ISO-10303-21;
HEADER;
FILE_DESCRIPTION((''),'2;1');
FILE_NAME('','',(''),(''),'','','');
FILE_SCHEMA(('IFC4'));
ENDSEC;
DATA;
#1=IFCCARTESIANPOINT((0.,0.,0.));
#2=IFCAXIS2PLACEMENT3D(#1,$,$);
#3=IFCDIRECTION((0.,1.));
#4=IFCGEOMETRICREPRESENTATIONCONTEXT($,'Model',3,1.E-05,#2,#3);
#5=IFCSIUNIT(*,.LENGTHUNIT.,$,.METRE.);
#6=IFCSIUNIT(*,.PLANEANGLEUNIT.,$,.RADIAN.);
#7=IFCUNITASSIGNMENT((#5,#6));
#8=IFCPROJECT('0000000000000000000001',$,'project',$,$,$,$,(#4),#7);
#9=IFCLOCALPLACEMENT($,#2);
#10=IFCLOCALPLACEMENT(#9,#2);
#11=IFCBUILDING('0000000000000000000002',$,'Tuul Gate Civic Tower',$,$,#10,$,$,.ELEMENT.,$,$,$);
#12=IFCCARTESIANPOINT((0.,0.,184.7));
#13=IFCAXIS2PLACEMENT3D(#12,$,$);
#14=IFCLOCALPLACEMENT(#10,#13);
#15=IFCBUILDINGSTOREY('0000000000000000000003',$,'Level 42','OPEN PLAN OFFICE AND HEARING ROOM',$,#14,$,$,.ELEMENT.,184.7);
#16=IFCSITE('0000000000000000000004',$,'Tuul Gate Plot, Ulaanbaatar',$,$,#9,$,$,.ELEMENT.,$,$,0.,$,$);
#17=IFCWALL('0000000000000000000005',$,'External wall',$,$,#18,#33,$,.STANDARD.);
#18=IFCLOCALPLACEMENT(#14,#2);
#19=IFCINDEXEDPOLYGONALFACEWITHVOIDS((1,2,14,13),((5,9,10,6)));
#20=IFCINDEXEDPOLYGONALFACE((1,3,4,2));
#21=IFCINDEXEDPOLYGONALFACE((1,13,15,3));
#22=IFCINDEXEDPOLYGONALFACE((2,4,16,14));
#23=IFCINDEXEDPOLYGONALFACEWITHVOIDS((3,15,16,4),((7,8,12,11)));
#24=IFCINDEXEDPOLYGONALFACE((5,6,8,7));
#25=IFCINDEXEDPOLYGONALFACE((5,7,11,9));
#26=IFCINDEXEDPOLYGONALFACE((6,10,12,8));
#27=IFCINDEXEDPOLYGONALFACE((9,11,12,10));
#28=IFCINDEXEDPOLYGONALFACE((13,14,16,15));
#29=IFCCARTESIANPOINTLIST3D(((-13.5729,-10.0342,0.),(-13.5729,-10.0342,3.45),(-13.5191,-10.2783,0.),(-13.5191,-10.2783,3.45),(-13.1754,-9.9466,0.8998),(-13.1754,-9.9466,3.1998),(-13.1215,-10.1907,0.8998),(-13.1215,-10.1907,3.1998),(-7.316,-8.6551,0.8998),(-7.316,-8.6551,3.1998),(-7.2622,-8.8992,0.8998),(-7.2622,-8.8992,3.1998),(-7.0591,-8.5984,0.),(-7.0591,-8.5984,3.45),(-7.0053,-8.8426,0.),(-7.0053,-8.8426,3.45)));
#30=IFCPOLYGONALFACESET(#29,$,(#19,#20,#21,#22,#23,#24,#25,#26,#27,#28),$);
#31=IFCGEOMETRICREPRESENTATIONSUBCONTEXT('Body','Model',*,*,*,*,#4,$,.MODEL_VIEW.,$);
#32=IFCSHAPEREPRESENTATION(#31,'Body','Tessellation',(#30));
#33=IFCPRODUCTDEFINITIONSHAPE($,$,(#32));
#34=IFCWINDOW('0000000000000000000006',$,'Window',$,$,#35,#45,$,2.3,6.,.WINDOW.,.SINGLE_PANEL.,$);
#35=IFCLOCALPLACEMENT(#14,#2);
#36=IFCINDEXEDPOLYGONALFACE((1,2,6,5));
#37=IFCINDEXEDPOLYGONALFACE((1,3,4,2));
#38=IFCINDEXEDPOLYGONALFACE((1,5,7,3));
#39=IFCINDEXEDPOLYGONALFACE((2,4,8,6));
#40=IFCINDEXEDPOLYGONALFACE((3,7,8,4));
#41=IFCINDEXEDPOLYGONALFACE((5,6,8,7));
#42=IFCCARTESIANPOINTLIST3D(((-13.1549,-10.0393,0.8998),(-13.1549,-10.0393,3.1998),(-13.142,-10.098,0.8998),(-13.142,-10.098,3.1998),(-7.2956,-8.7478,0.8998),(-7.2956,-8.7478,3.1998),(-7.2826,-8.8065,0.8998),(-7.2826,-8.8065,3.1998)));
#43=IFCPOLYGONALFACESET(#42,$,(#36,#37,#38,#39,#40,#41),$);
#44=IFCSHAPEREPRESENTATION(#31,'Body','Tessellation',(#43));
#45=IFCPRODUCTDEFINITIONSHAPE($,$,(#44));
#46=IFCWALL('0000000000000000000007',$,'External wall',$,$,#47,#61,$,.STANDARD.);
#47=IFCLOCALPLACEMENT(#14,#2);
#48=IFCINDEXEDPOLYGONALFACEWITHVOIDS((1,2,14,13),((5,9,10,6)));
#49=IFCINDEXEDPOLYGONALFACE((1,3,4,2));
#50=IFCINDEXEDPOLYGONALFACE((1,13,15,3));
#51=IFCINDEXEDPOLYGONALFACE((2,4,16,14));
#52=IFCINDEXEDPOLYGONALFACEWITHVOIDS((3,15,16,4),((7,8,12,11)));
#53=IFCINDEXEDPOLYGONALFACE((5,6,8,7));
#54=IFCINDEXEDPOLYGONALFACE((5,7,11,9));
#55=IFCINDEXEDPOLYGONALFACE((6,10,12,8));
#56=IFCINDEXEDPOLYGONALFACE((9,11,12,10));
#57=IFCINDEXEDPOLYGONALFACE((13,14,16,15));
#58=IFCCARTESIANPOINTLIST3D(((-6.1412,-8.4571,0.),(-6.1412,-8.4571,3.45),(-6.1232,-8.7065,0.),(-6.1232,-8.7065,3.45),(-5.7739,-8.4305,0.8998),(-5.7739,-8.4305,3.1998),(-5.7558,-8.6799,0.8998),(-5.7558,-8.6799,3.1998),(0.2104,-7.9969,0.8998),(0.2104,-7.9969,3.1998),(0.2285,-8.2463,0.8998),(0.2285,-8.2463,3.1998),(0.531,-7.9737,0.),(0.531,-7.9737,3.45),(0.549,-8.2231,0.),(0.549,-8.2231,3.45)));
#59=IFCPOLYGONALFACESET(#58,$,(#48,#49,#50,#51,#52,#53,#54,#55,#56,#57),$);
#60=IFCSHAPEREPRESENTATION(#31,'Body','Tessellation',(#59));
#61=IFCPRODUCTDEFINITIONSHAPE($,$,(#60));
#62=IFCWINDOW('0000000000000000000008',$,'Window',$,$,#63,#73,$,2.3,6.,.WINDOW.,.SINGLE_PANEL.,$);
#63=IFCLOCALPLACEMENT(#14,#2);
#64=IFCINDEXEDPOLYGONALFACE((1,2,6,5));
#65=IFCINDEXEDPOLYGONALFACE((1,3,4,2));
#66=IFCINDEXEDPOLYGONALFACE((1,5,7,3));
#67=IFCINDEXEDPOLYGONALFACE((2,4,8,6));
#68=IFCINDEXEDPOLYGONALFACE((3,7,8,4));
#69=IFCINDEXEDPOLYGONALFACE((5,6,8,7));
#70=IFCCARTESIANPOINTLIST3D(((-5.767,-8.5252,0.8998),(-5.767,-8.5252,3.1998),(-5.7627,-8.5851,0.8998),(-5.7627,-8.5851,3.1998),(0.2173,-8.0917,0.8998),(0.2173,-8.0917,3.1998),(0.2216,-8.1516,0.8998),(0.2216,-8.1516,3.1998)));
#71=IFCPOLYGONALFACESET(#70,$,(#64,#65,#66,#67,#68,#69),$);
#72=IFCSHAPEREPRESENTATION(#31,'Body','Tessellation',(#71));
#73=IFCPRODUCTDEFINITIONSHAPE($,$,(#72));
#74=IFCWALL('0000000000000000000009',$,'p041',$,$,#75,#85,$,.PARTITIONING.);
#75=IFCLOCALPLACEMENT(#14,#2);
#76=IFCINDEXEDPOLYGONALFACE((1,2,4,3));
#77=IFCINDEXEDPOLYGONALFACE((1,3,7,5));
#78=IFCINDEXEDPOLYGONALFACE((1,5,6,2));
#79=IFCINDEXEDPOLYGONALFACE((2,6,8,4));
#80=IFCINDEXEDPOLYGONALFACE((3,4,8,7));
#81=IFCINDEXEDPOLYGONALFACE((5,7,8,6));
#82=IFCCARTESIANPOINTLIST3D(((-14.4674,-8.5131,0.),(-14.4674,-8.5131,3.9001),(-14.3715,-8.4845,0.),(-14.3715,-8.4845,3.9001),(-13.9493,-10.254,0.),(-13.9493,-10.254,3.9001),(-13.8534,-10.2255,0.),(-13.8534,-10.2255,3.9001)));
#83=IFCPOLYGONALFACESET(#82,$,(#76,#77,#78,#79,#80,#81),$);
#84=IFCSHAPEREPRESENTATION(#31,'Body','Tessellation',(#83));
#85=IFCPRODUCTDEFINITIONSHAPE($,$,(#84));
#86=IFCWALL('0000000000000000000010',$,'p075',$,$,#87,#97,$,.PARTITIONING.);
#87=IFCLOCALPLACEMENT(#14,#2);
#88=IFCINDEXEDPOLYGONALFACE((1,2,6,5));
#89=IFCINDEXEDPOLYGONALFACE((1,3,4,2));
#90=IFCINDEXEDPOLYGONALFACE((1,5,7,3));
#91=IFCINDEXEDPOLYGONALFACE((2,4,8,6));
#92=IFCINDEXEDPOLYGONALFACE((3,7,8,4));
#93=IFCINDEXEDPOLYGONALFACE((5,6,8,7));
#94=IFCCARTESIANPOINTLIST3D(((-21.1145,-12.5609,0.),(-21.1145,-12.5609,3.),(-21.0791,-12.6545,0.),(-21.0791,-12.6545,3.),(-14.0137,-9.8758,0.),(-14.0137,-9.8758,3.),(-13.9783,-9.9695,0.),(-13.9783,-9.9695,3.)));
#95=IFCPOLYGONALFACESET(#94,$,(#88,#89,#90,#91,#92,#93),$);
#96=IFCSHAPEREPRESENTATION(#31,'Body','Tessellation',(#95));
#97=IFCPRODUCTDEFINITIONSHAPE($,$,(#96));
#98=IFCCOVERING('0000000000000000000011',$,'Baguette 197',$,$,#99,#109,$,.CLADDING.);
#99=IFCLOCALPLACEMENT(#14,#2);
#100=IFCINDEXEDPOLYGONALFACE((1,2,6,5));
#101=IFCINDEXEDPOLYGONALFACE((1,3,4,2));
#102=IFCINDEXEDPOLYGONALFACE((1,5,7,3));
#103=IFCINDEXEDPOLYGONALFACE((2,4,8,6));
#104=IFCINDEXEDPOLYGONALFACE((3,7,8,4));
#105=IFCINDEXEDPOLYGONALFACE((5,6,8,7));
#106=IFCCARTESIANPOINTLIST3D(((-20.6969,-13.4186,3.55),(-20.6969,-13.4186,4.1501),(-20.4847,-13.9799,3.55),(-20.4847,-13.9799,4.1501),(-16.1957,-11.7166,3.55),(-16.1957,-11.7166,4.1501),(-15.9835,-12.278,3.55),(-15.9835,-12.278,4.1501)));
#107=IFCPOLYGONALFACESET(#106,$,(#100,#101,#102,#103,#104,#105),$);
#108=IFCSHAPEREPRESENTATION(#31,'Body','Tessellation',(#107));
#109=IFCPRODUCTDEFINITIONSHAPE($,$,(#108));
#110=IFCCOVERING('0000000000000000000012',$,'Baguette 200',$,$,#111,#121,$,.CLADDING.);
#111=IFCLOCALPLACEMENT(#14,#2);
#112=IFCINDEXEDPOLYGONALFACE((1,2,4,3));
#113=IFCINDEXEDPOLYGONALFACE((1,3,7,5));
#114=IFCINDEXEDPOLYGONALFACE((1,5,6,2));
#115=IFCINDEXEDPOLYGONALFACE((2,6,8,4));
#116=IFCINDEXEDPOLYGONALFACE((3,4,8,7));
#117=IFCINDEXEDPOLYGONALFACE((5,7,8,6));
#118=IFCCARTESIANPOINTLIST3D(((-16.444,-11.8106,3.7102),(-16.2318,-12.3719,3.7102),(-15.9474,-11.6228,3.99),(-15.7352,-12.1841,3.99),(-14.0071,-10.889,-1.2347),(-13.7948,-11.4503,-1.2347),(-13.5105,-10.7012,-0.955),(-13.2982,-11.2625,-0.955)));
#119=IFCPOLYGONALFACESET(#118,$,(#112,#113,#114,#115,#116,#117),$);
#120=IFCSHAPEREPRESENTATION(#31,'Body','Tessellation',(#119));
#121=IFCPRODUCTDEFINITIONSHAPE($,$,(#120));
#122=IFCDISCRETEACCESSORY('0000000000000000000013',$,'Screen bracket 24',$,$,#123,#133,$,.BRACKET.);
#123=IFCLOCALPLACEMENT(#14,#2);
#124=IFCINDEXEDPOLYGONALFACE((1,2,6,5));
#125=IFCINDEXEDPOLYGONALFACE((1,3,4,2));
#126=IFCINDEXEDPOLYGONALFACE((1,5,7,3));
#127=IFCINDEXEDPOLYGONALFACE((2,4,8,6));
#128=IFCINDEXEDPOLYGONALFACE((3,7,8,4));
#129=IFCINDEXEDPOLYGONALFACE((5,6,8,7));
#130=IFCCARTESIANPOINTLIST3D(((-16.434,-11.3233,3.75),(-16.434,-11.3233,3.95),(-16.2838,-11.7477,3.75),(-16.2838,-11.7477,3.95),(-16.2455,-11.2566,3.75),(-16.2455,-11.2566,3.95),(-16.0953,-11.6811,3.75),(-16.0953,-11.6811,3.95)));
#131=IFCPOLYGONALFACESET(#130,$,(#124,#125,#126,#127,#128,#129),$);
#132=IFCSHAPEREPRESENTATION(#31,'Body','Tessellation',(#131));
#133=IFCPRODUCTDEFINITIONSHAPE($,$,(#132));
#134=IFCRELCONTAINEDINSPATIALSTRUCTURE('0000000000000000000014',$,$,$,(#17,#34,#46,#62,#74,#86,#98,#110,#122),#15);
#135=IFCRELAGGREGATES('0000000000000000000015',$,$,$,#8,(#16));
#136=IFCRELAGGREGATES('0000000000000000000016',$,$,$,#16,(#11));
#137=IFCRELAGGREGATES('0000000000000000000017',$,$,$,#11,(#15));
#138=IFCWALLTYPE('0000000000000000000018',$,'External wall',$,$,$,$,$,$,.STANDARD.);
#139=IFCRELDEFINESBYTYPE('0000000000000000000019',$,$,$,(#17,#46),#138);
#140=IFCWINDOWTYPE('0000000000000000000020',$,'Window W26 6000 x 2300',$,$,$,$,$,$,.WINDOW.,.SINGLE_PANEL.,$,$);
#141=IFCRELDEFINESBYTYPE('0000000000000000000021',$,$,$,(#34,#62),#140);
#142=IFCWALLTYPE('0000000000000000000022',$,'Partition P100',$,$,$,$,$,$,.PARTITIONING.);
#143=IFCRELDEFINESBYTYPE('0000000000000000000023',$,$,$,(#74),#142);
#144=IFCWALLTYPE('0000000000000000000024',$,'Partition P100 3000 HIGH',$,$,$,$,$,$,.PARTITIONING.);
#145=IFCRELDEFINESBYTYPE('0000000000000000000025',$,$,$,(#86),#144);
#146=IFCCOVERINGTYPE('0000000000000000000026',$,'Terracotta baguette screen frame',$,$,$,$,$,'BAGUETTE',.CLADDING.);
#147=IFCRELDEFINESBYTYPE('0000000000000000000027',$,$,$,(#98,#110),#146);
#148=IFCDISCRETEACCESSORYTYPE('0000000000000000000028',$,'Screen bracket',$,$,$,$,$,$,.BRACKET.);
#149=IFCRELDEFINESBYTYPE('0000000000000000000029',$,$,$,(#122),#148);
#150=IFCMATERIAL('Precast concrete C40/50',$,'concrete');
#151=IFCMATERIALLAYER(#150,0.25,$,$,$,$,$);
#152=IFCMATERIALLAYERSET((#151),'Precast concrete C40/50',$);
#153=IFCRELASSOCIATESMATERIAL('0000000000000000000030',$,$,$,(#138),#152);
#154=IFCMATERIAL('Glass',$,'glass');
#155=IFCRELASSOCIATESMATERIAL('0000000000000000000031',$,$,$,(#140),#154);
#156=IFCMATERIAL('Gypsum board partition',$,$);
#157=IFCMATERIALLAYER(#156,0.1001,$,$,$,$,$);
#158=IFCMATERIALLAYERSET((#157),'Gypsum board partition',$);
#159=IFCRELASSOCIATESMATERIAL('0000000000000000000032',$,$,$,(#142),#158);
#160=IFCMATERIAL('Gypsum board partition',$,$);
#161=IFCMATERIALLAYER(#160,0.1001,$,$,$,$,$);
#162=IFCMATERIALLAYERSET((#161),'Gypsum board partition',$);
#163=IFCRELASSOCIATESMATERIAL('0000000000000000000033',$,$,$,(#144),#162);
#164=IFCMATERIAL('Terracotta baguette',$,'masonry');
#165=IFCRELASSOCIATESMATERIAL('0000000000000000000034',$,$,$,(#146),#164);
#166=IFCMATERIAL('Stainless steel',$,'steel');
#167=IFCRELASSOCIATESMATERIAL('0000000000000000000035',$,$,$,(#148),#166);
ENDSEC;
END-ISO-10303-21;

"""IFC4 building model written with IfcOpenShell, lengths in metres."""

from ifc_helpers import new_model, si_unit, direction, frame, frame_2d, origin, origin_2d, place, context, subcontext, project, spatial, rectangle, extrude, material, layer, layer_set, material_profile, profile_set, type_object, element, fill, save


model = new_model("IFC4")

# Units and contexts
model_context = context("Model", 3, precision=1e-05, world=origin(), true_north=direction((0.0, 1.0)))
body_context = subcontext(model_context, "Body", "Model", "MODEL_VIEW")
ifc_project = project(units=[si_unit("LENGTHUNIT", "METRE"), si_unit("PLANEANGLEUNIT", "RADIAN")], contexts=[model_context])

# Site, building, storey
site_placement = place(None, origin())
site = spatial("IfcSite", under=ifc_project, at=site_placement, Name="Tuul Gate Plot, Ulaanbaatar", CompositionType="ELEMENT", RefElevation=0.0)
building_placement = place(site_placement, origin())
building = spatial("IfcBuilding", under=site, at=building_placement, Name="Tuul Gate Civic Tower", CompositionType="ELEMENT")
storey_placement = place(building_placement, frame((0.0, 0.0, 184.7)))
storey = spatial("IfcBuildingStorey", under=building, at=storey_placement, Name="Level 42", Description="OPEN PLAN OFFICE AND HEARING ROOM", CompositionType="ELEMENT", Elevation=184.7)

# Walls, openings, windows
ifc_material_1 = material(Name="Precast concrete C40/50", Category="concrete")
ifc_layer_1 = layer(ifc_material_1, 0.25)
ifc_layer_set_1 = layer_set([ifc_layer_1], Name="Precast concrete C40/50")
wall_type_1 = type_object("IfcWallType", Name="External wall", PredefinedType="STANDARD", material=ifc_layer_set_1)
ifc_material_2 = material(Name="Glass", Category="glass")
window_type = type_object("IfcWindowType", Name="Window W26 6000 x 2300", PartitioningType="SINGLE_PANEL", PredefinedType="WINDOW", material=ifc_material_2)
wall_1_placement = place(storey_placement, frame((-13.5459, -10.1562, 0.0), z_axis=(0.0, 0.0, 1.0), x_axis=(0.976559, 0.215252, 0.0)))
wall_1 = element("IfcWall", 1, at=wall_1_placement, inside=storey, type_object=wall_type_1, Name="External wall", PredefinedType="STANDARD", context=body_context, shape_type="SweptSolid", body=[
    extrude(rectangle(XDim=6.6702, YDim=0.25, at=frame_2d((3.335, 0.0))), origin(), (0.0, 0.0, 1.0), 3.45),
])
opening_1_placement = place(wall_1_placement, frame((0.407, 0.0, 0.8999)))
opening_1 = element("IfcOpeningElement", 2, at=opening_1_placement, cuts=wall_1, PredefinedType="OPENING", context=body_context, shape_type="SweptSolid", body=[
    extrude(rectangle(XDim=6.0, YDim=2.3, at=frame_2d((3.0, 1.1499))), frame((0.0, 0.135, 0.0), z_axis=(0.0, -1.0, 0.0), x_axis=(1.0, 0.0, 0.0)), (0.0, 0.0, 1.0), 0.27),
])
window_1_placement = place(opening_1_placement, origin())
window_1 = element("IfcWindow", 3, at=window_1_placement, inside=storey, type_object=window_type, Name="Window", OverallHeight=2.3, OverallWidth=6.0, PartitioningType="SINGLE_PANEL", PredefinedType="WINDOW", context=body_context, shape_type="SweptSolid", body=[
    extrude(rectangle(XDim=6.0, YDim=2.3, at=frame_2d((3.0, 1.1499))), frame((0.0, 0.03, 0.0), z_axis=(0.0, -1.0, 0.0), x_axis=(1.0, 0.0, 0.0)), (0.0, 0.0, 1.0), 0.0601),
])
fill(opening_1, window_1)
wall_2_placement = place(storey_placement, frame((-6.1321, -8.5818, 0.0), z_axis=(0.0, 0.0, 1.0), x_axis=(0.997386, 0.072261, 0.0)))
wall_2 = element("IfcWall", 4, at=wall_2_placement, inside=storey, type_object=wall_type_1, Name="External wall", PredefinedType="STANDARD", context=body_context, shape_type="SweptSolid", body=[
    extrude(rectangle(XDim=6.6897, YDim=0.25, at=frame_2d((3.3447, 0.0))), origin(), (0.0, 0.0, 1.0), 3.45),
])
opening_2_placement = place(wall_2_placement, frame((0.3682, 0.0, 0.8999)))
opening_2 = element("IfcOpeningElement", 5, at=opening_2_placement, cuts=wall_2, PredefinedType="OPENING", context=body_context, shape_type="SweptSolid", body=[
    extrude(rectangle(XDim=6.0, YDim=2.3, at=frame_2d((3.0, 1.1499))), frame((0.0, 0.135, 0.0), z_axis=(0.0, -1.0, 0.0), x_axis=(1.0, 0.0, 0.0)), (0.0, 0.0, 1.0), 0.27),
])
window_2_placement = place(opening_2_placement, origin())
window_2 = element("IfcWindow", 6, at=window_2_placement, inside=storey, type_object=window_type, Name="Window", OverallHeight=2.3, OverallWidth=6.0, PartitioningType="SINGLE_PANEL", PredefinedType="WINDOW", context=body_context, shape_type="SweptSolid", body=[
    extrude(rectangle(XDim=6.0, YDim=2.3, at=frame_2d((3.0, 1.1499))), frame((0.0, 0.03, 0.0), z_axis=(0.0, -1.0, 0.0), x_axis=(1.0, 0.0, 0.0)), (0.0, 0.0, 1.0), 0.0601),
])
fill(opening_2, window_2)

# Walls
ifc_material_3 = material(Name="Gypsum board partition")
ifc_layer_2 = layer(ifc_material_3, 0.1001)
ifc_layer_set_2 = layer_set([ifc_layer_2], Name="Gypsum board partition")
wall_type_2 = type_object("IfcWallType", Name="Partition P100", PredefinedType="PARTITIONING", material=ifc_layer_set_2)
wall_3_placement = place(storey_placement, frame((-14.4194, -8.4988, 0.0), z_axis=(0.0, 0.0, 1.0), x_axis=(0.285214, -0.958464, 0.0)))
element("IfcWall", 7, at=wall_3_placement, inside=storey, type_object=wall_type_2, Name="p041", PredefinedType="PARTITIONING", context=body_context, shape_type="SweptSolid", body=[
    extrude(rectangle(XDim=1.8164, YDim=0.1001, at=frame_2d((0.9082, 0.0))), origin(), (0.0, 0.0, 1.0), 3.9001),
])
ifc_material_4 = material(Name="Gypsum board partition")
ifc_layer_3 = layer(ifc_material_4, 0.1001)
ifc_layer_set_3 = layer_set([ifc_layer_3], Name="Gypsum board partition")
wall_type_3 = type_object("IfcWallType", Name="Partition P100 3000 HIGH", PredefinedType="PARTITIONING", material=ifc_layer_set_3)
wall_4_placement = place(storey_placement, frame((-13.9958, -9.9226, 0.0), z_axis=(0.0, 0.0, 1.0), x_axis=(-0.935362, -0.353691, 0.0)))
element("IfcWall", 8, at=wall_4_placement, inside=storey, type_object=wall_type_3, Name="p075", PredefinedType="PARTITIONING", context=body_context, shape_type="SweptSolid", body=[
    extrude(rectangle(XDim=7.5916, YDim=0.1001, at=frame_2d((3.7959, 0.0))), origin(), (0.0, 0.0, 1.0), 3.0),
])

# Coverings
ifc_material_5 = material(Name="Terracotta baguette", Category="masonry")
ifc_material_profile_1 = material_profile(ifc_material_5, rectangle(XDim=0.6001, YDim=0.6001, at=origin_2d()), Name="Terracotta baguette screen frame")
ifc_profile_set_1 = profile_set([ifc_material_profile_1], Name="Terracotta baguette")
covering_type = type_object("IfcCoveringType", Name="Terracotta baguette screen frame", ElementType="BAGUETTE", PredefinedType="CLADDING", material=ifc_profile_set_1)
covering_1_placement = place(storey_placement, frame((-20.5908, -13.6992, 3.8501), z_axis=(0.935373, 0.353663, 0.0), x_axis=(-0.353663, 0.935373, 0.0)))
element("IfcCovering", 9, at=covering_1_placement, inside=storey, type_object=covering_type, Name="Baguette 197", PredefinedType="CLADDING", context=body_context, shape_type="SweptSolid", body=[
    extrude(rectangle(XDim=0.6001, YDim=0.6001, at=origin_2d()), origin(), (0.0, 0.0, 1.0), 4.8123),
])
covering_2_placement = place(storey_placement, frame((-16.0896, -11.9973, 3.8501), z_axis=(0.436001, 0.164887, -0.884712), x_axis=(-0.35373, 0.935347, 0.0)))
element("IfcCovering", 10, at=covering_2_placement, inside=storey, type_object=covering_type, Name="Baguette 200", PredefinedType="CLADDING", context=body_context, shape_type="SweptSolid", body=[
    extrude(rectangle(XDim=0.6001, YDim=0.6001, at=origin_2d()), origin(), (0.0, 0.0, 1.0), 5.5894),
])

# Discrete accessory
ifc_material_6 = material(Name="Stainless steel", Category="steel")
discrete_accessory_type = type_object("IfcDiscreteAccessoryType", Name="Screen bracket", PredefinedType="BRACKET", material=ifc_material_6)
discrete_accessory_placement = place(storey_placement, frame((-16.2646, -11.5022, 3.75), z_axis=(0.0, 0.0, 1.0), x_axis=(0.333468, -0.942761, 0.0)))
element("IfcDiscreteAccessory", 11, at=discrete_accessory_placement, inside=storey, type_object=discrete_accessory_type, Name="Screen bracket 24", PredefinedType="BRACKET", context=body_context, shape_type="SweptSolid", body=[
    extrude(rectangle(XDim=0.4502, YDim=0.2, at=origin_2d()), origin(), (0.0, 0.0, 1.0), 0.2),
])

save(model, "model.ifc")
